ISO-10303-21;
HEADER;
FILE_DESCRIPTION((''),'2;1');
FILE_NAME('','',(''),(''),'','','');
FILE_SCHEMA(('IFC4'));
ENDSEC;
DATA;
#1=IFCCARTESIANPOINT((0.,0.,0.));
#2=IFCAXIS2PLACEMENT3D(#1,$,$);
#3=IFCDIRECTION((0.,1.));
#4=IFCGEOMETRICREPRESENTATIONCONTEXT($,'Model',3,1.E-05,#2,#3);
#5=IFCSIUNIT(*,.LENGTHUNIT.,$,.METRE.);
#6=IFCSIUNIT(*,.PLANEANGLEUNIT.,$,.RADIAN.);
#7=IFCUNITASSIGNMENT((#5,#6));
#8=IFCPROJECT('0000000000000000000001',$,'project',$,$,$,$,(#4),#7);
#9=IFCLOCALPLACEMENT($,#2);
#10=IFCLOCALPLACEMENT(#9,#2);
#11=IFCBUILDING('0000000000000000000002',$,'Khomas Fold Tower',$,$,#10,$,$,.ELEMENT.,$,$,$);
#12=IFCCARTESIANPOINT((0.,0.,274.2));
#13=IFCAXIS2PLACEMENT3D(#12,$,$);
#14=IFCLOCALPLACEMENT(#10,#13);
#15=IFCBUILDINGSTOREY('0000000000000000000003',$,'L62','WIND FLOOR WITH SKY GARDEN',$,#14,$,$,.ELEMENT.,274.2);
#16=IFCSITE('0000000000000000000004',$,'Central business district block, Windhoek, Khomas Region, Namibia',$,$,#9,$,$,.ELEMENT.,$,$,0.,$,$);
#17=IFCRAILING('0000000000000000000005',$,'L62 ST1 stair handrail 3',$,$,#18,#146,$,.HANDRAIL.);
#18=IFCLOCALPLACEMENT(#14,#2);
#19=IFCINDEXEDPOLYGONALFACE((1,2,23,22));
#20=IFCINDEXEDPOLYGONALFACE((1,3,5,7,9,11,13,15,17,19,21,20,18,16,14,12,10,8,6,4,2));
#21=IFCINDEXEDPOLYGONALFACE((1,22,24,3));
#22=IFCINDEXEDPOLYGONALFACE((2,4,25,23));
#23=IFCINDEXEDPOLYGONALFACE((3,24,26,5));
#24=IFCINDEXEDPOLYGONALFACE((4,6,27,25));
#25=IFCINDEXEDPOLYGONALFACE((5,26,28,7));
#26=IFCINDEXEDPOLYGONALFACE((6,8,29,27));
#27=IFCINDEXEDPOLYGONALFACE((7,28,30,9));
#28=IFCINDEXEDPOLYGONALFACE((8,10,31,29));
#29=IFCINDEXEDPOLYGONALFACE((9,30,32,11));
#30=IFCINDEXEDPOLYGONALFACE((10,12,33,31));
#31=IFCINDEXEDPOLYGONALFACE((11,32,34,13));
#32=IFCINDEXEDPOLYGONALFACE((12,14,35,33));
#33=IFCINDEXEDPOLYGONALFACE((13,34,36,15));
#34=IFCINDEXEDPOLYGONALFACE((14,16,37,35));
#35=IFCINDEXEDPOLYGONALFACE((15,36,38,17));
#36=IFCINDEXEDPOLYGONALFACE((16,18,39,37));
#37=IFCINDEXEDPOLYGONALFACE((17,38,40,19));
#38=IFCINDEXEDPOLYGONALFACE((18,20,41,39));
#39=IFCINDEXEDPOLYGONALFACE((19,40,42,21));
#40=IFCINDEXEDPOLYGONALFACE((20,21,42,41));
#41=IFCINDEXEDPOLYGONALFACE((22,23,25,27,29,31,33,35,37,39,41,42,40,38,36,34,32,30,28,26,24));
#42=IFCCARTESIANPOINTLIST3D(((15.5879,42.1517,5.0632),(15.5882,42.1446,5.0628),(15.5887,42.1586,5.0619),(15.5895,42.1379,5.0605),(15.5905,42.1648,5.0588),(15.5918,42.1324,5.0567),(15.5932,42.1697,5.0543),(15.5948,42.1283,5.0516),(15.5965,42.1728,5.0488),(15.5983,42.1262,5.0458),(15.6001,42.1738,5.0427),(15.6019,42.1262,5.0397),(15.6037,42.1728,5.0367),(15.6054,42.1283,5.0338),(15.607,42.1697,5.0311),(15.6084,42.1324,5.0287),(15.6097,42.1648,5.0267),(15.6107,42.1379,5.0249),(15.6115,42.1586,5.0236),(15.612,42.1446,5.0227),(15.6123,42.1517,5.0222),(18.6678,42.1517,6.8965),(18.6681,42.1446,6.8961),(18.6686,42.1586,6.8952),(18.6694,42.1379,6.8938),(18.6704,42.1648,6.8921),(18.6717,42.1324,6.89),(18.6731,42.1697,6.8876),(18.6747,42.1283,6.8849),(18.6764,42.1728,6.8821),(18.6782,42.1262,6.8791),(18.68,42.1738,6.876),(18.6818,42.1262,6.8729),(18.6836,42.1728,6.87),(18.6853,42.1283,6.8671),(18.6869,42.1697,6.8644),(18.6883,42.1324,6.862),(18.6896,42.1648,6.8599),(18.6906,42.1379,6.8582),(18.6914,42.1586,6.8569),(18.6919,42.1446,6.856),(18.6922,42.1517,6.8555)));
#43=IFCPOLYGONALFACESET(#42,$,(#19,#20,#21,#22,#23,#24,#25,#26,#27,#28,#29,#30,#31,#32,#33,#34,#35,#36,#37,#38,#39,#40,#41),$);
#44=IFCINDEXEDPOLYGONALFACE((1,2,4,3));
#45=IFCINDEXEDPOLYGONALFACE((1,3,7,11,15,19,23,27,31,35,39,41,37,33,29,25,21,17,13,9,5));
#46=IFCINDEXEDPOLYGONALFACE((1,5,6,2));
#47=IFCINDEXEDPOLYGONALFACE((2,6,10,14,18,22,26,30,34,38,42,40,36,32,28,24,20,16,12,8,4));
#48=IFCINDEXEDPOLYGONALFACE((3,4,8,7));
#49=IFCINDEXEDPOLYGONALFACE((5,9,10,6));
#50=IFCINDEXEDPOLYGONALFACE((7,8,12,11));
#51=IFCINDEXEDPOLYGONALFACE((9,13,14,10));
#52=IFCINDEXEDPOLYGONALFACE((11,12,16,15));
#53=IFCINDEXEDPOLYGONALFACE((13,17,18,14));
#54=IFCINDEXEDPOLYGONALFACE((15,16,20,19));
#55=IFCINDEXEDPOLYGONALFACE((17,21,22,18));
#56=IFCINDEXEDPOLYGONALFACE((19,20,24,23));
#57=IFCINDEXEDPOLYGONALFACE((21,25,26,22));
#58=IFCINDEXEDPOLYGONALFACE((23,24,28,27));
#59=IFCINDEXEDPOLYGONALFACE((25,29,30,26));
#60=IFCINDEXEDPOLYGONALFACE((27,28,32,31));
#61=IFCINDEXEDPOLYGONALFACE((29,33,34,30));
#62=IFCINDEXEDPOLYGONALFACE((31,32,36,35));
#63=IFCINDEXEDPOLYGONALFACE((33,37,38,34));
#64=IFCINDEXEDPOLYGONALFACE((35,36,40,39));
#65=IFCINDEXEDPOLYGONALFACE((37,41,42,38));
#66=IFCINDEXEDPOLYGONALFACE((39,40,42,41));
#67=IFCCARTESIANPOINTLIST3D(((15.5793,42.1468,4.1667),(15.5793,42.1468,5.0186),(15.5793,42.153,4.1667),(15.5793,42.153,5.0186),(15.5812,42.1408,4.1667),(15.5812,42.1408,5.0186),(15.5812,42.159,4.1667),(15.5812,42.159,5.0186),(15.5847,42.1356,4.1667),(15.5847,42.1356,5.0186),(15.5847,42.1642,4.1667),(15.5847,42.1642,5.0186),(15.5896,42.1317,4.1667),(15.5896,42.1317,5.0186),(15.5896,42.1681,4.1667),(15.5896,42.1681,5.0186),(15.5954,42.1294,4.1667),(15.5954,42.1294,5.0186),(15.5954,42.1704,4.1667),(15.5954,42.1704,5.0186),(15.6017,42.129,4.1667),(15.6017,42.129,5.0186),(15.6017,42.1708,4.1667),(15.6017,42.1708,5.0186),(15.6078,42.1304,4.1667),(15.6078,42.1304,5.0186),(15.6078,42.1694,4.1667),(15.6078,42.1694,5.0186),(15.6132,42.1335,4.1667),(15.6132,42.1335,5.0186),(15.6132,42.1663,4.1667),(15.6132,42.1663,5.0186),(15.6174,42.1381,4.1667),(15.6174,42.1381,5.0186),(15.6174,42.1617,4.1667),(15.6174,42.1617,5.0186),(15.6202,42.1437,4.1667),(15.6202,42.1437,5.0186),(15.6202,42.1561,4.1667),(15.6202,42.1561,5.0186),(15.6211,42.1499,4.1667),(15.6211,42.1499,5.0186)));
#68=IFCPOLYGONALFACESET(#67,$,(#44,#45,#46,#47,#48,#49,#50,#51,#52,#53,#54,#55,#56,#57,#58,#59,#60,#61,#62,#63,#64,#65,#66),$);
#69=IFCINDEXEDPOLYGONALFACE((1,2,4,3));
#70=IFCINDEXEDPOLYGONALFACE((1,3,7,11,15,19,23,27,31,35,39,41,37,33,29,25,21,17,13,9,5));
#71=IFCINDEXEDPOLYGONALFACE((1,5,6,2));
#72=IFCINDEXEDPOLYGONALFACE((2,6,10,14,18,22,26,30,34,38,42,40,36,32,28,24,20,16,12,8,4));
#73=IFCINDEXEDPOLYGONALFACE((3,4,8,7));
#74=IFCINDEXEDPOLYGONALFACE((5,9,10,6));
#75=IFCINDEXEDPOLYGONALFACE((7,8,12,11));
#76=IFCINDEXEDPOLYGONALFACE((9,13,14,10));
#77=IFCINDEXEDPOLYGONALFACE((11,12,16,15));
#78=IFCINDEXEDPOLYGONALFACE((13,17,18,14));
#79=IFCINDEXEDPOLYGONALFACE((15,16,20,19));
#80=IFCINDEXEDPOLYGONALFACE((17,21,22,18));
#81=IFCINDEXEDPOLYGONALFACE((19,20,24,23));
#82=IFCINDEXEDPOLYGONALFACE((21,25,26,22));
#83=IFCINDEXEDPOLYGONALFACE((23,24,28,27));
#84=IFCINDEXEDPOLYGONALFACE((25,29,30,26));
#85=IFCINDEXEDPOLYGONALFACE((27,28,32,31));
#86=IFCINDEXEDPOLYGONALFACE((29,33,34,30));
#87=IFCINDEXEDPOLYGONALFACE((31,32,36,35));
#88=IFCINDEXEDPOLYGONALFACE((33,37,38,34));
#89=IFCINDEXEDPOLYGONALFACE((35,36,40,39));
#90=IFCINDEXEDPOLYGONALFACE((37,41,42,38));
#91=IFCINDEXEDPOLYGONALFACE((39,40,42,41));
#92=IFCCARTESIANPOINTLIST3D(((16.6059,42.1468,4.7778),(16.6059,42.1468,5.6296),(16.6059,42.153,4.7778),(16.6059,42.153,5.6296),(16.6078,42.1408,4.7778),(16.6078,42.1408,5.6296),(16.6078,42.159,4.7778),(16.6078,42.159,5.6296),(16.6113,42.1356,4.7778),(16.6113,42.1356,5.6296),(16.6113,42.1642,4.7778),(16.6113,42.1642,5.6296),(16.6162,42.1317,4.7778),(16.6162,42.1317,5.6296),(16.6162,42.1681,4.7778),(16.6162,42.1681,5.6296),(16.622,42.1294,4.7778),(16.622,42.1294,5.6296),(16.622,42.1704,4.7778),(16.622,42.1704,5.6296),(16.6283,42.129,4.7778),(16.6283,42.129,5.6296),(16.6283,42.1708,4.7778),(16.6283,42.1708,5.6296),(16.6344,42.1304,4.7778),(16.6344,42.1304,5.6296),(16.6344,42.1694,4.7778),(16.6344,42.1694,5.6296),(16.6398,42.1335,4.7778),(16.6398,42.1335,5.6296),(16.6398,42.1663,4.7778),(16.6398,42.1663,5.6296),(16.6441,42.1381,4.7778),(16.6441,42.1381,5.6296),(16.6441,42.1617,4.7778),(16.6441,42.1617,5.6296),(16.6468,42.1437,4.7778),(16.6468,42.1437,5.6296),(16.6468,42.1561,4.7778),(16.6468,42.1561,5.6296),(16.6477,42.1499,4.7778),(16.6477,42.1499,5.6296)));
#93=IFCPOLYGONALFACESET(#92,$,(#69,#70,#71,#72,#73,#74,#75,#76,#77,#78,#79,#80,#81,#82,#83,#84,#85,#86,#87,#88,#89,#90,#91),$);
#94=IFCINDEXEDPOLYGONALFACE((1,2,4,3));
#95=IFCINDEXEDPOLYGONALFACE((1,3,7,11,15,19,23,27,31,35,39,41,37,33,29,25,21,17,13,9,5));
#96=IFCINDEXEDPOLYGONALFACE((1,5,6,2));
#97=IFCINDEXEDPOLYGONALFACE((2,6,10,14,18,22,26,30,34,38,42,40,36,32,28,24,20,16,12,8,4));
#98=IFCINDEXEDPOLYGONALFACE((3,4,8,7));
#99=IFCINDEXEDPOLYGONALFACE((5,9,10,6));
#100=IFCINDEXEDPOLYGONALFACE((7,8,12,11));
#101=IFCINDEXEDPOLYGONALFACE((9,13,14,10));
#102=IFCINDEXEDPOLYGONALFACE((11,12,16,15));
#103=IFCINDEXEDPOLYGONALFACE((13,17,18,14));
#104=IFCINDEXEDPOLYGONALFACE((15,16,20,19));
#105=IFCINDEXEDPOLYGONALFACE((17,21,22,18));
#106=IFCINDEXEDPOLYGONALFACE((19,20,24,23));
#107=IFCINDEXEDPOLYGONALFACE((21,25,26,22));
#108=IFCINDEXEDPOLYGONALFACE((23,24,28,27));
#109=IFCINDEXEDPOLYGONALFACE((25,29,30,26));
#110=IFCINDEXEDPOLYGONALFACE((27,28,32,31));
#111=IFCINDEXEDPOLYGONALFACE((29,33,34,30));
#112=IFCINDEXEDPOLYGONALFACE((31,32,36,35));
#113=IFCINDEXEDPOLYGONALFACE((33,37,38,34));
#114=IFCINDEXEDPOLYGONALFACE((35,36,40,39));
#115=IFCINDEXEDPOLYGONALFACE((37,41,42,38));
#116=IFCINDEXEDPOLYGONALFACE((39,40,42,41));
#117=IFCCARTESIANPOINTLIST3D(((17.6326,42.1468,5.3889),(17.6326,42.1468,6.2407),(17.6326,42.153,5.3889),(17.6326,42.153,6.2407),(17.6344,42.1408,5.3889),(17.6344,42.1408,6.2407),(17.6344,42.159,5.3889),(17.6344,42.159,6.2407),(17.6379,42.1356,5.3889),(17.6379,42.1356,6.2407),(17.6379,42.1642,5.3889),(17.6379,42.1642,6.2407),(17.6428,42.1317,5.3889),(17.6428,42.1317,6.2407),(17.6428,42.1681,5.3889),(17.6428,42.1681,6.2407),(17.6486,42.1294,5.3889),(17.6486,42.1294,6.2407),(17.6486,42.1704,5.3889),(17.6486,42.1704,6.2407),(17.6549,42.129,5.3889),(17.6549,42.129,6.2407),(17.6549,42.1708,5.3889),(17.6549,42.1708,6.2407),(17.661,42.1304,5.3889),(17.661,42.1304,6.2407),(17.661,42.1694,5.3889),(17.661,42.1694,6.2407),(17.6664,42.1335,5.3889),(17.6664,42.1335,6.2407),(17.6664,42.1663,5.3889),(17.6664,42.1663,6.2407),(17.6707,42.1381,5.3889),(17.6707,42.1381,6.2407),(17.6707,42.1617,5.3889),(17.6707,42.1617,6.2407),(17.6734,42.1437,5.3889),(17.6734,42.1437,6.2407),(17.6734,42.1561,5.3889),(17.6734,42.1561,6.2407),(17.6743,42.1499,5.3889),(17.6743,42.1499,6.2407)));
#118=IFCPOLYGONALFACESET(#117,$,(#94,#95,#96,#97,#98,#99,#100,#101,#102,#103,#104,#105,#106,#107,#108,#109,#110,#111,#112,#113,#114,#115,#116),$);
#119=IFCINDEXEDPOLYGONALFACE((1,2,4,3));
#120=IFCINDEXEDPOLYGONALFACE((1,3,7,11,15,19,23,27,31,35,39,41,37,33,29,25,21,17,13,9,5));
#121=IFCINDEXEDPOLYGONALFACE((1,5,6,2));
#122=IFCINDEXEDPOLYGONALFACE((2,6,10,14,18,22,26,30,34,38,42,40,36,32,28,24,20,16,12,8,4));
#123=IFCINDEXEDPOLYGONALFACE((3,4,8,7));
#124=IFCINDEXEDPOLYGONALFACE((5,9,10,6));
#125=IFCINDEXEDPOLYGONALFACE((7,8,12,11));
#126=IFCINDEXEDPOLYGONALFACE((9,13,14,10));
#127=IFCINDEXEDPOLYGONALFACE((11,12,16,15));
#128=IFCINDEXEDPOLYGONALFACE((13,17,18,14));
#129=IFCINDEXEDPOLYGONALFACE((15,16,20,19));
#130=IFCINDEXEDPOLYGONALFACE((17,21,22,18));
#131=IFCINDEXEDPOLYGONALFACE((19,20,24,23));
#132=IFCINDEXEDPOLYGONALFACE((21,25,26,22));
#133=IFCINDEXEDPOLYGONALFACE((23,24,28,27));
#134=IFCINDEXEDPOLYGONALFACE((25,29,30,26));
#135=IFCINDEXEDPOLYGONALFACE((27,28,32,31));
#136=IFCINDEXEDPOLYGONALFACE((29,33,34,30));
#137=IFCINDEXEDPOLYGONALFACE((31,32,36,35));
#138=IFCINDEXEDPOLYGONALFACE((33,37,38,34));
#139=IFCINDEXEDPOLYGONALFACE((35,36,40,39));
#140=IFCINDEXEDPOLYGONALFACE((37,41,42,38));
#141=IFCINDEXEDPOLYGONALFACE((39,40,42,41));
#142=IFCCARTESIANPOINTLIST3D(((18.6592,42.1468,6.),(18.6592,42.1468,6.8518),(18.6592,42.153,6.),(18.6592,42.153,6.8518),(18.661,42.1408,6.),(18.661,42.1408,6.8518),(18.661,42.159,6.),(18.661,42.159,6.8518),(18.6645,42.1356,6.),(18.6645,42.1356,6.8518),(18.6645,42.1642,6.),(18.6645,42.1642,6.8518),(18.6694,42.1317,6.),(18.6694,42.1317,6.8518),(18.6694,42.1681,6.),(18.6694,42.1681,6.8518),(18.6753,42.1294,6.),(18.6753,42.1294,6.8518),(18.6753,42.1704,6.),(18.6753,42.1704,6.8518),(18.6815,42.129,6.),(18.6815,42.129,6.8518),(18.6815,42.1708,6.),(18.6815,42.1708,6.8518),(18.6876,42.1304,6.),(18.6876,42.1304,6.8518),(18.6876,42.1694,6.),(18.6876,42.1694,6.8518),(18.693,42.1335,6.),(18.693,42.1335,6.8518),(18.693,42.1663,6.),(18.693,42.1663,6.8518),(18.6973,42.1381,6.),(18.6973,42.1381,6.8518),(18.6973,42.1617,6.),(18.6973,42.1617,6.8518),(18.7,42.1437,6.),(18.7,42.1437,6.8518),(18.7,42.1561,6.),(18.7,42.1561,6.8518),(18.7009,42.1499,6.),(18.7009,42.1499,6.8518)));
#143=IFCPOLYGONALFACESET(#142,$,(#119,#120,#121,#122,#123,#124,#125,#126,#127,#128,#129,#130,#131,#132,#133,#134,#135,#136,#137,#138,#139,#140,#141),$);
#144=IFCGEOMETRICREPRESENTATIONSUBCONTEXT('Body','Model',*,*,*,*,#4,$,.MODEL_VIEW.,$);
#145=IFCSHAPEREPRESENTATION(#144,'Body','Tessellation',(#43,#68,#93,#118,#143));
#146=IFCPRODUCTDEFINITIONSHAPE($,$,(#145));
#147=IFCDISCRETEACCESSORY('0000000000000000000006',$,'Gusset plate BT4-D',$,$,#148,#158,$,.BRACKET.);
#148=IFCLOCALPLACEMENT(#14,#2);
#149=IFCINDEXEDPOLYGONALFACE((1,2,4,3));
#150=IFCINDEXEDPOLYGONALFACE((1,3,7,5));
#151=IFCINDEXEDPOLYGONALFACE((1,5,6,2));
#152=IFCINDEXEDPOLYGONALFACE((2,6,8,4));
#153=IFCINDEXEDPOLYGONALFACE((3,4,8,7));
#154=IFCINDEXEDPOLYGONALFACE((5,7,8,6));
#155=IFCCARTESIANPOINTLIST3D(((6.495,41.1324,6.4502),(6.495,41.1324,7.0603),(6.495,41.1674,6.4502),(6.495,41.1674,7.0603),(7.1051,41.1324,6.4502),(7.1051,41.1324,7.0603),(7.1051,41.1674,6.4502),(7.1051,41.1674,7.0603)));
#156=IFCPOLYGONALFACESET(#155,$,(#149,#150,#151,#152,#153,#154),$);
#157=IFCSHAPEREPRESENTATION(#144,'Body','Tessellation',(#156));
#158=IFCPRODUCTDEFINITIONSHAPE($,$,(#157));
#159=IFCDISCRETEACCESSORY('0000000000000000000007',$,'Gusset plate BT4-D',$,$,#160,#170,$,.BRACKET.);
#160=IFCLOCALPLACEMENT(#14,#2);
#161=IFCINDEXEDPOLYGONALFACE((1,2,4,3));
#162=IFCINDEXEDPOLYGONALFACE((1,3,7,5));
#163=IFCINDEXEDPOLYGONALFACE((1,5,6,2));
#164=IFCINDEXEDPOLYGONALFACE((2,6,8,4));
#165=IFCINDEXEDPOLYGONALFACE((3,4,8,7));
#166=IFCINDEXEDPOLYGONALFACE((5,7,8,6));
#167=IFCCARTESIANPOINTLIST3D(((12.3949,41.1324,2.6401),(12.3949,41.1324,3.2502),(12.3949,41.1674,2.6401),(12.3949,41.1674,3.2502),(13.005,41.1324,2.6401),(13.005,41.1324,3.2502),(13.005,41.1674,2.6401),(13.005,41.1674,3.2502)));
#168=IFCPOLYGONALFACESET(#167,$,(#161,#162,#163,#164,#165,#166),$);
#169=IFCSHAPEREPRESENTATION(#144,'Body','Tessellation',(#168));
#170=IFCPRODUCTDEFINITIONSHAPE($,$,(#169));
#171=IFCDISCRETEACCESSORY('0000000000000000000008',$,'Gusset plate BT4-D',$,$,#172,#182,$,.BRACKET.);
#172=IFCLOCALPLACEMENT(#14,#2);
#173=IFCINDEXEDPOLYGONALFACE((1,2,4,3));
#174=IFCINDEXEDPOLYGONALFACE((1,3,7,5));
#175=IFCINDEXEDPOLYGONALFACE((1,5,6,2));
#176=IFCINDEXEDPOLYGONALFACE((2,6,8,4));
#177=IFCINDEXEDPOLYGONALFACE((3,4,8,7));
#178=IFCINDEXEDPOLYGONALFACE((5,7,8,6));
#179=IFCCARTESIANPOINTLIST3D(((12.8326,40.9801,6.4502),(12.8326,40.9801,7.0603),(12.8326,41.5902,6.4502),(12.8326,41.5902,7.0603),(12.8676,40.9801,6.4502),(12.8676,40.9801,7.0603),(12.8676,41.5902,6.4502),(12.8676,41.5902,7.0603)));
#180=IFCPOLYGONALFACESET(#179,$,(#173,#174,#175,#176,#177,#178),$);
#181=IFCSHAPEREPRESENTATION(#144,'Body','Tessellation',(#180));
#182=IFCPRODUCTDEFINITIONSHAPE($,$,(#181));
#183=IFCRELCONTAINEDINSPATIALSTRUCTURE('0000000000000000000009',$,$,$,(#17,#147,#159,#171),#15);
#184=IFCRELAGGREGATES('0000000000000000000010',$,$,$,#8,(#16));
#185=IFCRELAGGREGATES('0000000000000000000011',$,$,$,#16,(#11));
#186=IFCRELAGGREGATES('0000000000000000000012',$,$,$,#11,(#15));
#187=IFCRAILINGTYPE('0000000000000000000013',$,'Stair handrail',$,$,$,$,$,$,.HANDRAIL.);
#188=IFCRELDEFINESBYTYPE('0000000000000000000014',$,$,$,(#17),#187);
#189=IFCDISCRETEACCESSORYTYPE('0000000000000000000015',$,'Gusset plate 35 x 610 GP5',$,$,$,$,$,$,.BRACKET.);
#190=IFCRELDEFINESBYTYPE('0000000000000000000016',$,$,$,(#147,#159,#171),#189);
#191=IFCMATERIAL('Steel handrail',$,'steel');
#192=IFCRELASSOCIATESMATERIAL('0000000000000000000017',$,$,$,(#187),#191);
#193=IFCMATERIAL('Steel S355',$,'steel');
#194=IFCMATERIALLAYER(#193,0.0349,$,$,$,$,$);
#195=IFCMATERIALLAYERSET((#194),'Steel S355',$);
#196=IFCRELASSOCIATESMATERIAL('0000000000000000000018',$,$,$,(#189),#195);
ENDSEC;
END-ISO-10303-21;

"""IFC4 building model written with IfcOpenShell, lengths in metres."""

from ifc_helpers import new_model, si_unit, direction, frame, origin, origin_2d, place, context, subcontext, project, spatial, rectangle, circle, extrude, source, transform, mapped, material, layer, layer_set, type_object, element, save


model = new_model("IFC4")

# Units and contexts
model_context = context("Model", 3, precision=1e-05, world=origin(), true_north=direction((0.0, 1.0)))
body_context = subcontext(model_context, "Body", "Model", "MODEL_VIEW")
ifc_project = project(units=[si_unit("LENGTHUNIT", "METRE"), si_unit("PLANEANGLEUNIT", "RADIAN")], contexts=[model_context])

# Site, building, storey
site_placement = place(None, origin())
site = spatial("IfcSite", under=ifc_project, at=site_placement, Name="Central business district block, Windhoek, Khomas Region, Namibia", CompositionType="ELEMENT", RefElevation=0.0)
building_placement = place(site_placement, origin())
building = spatial("IfcBuilding", under=site, at=building_placement, Name="Khomas Fold Tower", CompositionType="ELEMENT")
storey_placement = place(building_placement, frame((0.0, 0.0, 274.2)))
storey = spatial("IfcBuildingStorey", under=building, at=storey_placement, Name="L62", Description="WIND FLOOR WITH SKY GARDEN", CompositionType="ELEMENT", Elevation=274.2)

# Railing
ifc_material_1 = material(Name="Steel handrail", Category="steel")
railing_type = type_object("IfcRailingType", Name="Stair handrail", PredefinedType="HANDRAIL", material=ifc_material_1)
shared_shape_1 = source(origin(), body_context, "Body", "SweptSolid", [
    extrude(circle(Radius=0.0239, at=origin_2d()), frame((0.0, 0.0, 0.876), z_axis=(0.859291, 0.0, 0.511487), x_axis=(0.0, 1.0, 0.0)), (0.0, 0.0, 1.0), 3.5842),
    extrude(circle(Radius=0.021, at=origin_2d()), origin(), (0.0, 0.0, 1.0), 0.8518),
    extrude(circle(Radius=0.021, at=origin_2d()), frame((1.0266, 0.0, 0.6111)), (0.0, 0.0, 1.0), 0.8518),
    extrude(circle(Radius=0.021, at=origin_2d()), frame((2.0532, 0.0, 1.2222)), (0.0, 0.0, 1.0), 0.8518),
    extrude(circle(Radius=0.021, at=origin_2d()), frame((3.0798, 0.0, 1.8333)), (0.0, 0.0, 1.0), 0.8518),
])
for number, where, name in (
    (1, (15.6001, 42.1499, 4.1667), "L62 ST1 stair handrail 3"),
):
    element("IfcRailing", number, at=place(storey_placement, frame(where)), inside=storey, type_object=railing_type, Name=name, PredefinedType="HANDRAIL", context=body_context, shape_type="MappedRepresentation", body=[
        mapped(shared_shape_1, transform((0.0, 0.0, 0.0))),
    ])

# Discrete accessories
ifc_material_2 = material(Name="Steel S355", Category="steel")
ifc_layer_1 = layer(ifc_material_2, 0.0349)
ifc_layer_set_1 = layer_set([ifc_layer_1], Name="Steel S355")
discrete_accessory_type = type_object("IfcDiscreteAccessoryType", Name="Gusset plate 35 x 610 GP5", PredefinedType="BRACKET", material=ifc_layer_set_1)
shared_shape_2 = source(origin(), body_context, "Body", "SweptSolid", [
    extrude(rectangle(XDim=0.6101, YDim=0.0349, at=origin_2d()), origin(), (0.0, 0.0, 1.0), 0.6101),
])
for number, where, z_axis, x_axis, name in (
    (2, (6.8, 41.1499, 6.4502), (0.0, 0.0, 1.0), (1.0, 0.0, 0.0), "Gusset plate BT4-D"),
    (3, (12.7, 41.1499, 2.6401), (0.0, 0.0, 1.0), (1.0, 0.0, 0.0), "Gusset plate BT4-D"),
    (4, (12.8501, 41.2852, 6.4502), (0.0, 0.0, 1.0), (0.0, 1.0, 0.0), "Gusset plate BT4-D"),
):
    element("IfcDiscreteAccessory", number, at=place(storey_placement, frame(where, z_axis=z_axis, x_axis=x_axis)), inside=storey, type_object=discrete_accessory_type, Name=name, PredefinedType="BRACKET", context=body_context, shape_type="MappedRepresentation", body=[
        mapped(shared_shape_2, transform((0.0, 0.0, 0.0))),
    ])

save(model, "model.ifc")
